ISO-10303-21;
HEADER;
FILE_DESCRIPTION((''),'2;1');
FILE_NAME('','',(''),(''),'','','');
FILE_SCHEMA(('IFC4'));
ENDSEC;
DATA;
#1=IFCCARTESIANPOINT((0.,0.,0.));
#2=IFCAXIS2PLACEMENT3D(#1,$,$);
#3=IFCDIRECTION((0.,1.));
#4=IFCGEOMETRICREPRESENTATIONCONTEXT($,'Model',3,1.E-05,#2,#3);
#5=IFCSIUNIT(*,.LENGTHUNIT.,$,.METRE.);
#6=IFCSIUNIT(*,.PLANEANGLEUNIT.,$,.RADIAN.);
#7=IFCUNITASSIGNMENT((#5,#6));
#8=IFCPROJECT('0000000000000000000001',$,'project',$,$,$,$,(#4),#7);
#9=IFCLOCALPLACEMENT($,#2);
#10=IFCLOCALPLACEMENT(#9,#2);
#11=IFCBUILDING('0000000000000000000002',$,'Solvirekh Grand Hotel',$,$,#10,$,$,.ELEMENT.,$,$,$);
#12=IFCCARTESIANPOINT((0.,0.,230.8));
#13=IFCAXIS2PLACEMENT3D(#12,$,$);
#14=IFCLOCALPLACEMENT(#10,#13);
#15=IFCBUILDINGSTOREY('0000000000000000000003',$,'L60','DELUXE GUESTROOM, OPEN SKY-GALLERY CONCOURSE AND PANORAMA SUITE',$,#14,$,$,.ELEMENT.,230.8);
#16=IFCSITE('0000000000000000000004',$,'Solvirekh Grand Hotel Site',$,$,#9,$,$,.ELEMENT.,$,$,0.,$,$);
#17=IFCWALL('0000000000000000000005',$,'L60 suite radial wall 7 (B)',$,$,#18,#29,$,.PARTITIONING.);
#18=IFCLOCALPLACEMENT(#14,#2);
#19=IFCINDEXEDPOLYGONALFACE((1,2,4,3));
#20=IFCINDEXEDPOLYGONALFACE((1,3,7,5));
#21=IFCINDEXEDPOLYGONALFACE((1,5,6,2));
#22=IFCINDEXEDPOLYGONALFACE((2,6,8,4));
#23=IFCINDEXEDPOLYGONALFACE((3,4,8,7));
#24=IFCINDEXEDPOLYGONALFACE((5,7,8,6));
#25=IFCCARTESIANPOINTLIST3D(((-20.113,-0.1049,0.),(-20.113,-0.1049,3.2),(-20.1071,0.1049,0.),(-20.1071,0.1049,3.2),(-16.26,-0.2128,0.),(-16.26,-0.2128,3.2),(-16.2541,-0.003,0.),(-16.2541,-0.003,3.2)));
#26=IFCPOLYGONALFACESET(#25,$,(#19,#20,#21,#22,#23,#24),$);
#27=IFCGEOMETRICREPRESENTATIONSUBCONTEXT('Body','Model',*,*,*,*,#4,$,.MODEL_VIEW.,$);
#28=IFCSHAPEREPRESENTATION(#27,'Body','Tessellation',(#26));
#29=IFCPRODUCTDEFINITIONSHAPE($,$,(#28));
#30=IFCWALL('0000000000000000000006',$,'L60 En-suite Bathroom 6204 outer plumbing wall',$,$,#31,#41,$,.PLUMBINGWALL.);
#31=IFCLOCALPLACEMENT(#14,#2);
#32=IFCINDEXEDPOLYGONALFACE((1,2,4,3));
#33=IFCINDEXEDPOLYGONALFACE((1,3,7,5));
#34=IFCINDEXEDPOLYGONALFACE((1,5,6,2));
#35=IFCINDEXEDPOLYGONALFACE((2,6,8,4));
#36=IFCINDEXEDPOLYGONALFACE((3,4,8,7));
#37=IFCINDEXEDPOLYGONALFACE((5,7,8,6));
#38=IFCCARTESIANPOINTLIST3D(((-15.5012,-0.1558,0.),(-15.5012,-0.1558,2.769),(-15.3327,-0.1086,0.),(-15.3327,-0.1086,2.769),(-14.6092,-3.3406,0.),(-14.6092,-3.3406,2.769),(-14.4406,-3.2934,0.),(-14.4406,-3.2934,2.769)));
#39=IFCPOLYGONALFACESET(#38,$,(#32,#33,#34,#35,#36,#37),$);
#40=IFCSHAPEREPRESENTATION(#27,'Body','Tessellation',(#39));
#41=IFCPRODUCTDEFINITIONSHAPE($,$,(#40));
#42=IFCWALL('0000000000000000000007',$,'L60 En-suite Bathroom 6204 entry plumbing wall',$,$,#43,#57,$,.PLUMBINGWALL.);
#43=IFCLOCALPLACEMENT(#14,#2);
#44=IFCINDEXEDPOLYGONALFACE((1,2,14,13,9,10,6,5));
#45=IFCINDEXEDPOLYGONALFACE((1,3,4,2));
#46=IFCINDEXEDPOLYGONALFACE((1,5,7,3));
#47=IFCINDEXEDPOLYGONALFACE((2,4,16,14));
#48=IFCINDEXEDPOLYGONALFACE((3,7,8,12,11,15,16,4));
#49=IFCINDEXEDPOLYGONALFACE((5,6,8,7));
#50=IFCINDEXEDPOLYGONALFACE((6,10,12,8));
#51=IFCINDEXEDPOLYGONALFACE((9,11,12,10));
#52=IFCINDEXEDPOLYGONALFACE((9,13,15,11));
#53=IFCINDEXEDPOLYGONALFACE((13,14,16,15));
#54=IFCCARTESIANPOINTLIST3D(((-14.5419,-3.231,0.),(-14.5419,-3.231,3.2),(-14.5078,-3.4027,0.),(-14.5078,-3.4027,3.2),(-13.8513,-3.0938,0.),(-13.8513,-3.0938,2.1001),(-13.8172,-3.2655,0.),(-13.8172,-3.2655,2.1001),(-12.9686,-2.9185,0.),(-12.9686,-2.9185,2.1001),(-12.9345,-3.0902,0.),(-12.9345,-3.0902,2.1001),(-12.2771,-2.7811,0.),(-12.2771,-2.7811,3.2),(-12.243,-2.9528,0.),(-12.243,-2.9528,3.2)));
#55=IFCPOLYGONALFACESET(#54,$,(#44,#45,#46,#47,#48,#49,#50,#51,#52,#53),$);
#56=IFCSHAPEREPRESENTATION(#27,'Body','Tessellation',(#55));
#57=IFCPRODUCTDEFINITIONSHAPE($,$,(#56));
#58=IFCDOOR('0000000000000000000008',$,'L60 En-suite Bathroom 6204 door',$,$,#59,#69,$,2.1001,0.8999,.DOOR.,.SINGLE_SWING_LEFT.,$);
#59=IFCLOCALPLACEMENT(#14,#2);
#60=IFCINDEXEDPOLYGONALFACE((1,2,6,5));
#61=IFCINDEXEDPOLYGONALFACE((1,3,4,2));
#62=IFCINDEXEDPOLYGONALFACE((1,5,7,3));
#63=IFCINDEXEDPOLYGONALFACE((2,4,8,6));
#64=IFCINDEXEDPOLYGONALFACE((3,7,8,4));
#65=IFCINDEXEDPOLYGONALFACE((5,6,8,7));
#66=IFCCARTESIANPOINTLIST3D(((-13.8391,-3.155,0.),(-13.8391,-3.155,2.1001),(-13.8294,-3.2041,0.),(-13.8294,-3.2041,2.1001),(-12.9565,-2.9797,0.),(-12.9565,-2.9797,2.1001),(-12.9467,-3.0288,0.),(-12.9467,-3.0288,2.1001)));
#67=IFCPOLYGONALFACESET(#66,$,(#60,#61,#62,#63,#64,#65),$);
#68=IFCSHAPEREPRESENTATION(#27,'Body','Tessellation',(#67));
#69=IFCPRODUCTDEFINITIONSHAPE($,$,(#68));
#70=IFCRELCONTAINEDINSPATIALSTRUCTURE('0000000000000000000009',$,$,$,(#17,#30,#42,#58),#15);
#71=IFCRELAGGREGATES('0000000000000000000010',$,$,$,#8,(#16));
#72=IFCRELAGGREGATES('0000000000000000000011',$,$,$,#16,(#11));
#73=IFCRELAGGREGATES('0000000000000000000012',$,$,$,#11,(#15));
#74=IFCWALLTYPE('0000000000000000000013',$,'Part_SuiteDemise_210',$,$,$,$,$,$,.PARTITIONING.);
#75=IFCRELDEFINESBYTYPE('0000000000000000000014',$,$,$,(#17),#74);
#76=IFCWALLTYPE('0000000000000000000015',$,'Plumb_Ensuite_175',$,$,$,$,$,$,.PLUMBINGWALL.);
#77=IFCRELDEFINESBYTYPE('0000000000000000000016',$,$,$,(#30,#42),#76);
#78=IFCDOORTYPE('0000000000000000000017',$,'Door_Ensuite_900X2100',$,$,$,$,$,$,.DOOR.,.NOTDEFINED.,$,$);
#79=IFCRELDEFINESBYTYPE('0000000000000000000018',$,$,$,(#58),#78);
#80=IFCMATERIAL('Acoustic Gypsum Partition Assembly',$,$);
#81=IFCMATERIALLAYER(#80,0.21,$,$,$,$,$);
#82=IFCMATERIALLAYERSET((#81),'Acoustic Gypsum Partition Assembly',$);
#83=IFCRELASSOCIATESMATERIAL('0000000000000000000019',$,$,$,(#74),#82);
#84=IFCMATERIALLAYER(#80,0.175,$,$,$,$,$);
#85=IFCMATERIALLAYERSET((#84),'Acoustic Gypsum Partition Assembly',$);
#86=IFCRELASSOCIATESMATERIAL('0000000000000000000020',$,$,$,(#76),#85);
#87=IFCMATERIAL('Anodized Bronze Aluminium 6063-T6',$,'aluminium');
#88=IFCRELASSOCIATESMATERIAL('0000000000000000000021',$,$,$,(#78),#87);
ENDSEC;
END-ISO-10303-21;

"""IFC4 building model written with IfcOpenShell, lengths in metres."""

from ifc_helpers import new_model, si_unit, direction, frame, frame_2d, origin, place, context, subcontext, project, spatial, rectangle, extrude, material, layer, layer_set, type_object, element, fill, save


model = new_model("IFC4")

# Units and contexts
model_context = context("Model", 3, precision=1e-05, world=origin(), true_north=direction((0.0, 1.0)))
body_context = subcontext(model_context, "Body", "Model", "MODEL_VIEW")
ifc_project = project(units=[si_unit("LENGTHUNIT", "METRE"), si_unit("PLANEANGLEUNIT", "RADIAN")], contexts=[model_context])

# Site, building, storey
site_placement = place(None, origin())
site = spatial("IfcSite", under=ifc_project, at=site_placement, Name="Solvirekh Grand Hotel Site", CompositionType="ELEMENT", RefElevation=0.0)
building_placement = place(site_placement, origin())
building = spatial("IfcBuilding", under=site, at=building_placement, Name="Solvirekh Grand Hotel", CompositionType="ELEMENT")
storey_placement = place(building_placement, frame((0.0, 0.0, 230.8)))
storey = spatial("IfcBuildingStorey", under=building, at=storey_placement, Name="L60", Description="DELUXE GUESTROOM, OPEN SKY-GALLERY CONCOURSE AND PANORAMA SUITE", CompositionType="ELEMENT", Elevation=230.8)

# Shared definitions
ifc_material_1 = material(Name="Anodized Bronze Aluminium 6063-T6", Category="aluminium")

# Shared definitions
ifc_material_2 = material(Name="Acoustic Gypsum Partition Assembly")

# Walls
ifc_layer_1 = layer(ifc_material_2, 0.21)
ifc_layer_set_1 = layer_set([ifc_layer_1], Name="Acoustic Gypsum Partition Assembly")
wall_type_1 = type_object("IfcWallType", Name="Part_SuiteDemise_210", PredefinedType="PARTITIONING", material=ifc_layer_set_1)
wall_1_placement = place(storey_placement, frame((-16.2571, -0.1079, 0.0), z_axis=(0.0, 0.0, 1.0), x_axis=(-0.999608, 0.027996, 0.0)))
element("IfcWall", 1, at=wall_1_placement, inside=storey, type_object=wall_type_1, Name="L60 suite radial wall 7 (B)", PredefinedType="PARTITIONING", context=body_context, shape_type="SweptSolid", body=[
    extrude(rectangle(XDim=3.8545, YDim=0.21, at=frame_2d((1.9272, 0.0))), origin(), (0.0, 0.0, 1.0), 3.2),
])
ifc_layer_2 = layer(ifc_material_2, 0.175)
ifc_layer_set_2 = layer_set([ifc_layer_2], Name="Acoustic Gypsum Partition Assembly")
wall_type_2 = type_object("IfcWallType", Name="Plumb_Ensuite_175", PredefinedType="PLUMBINGWALL", material=ifc_layer_set_2)
wall_2_placement = place(storey_placement, frame((-15.417, -0.1321, 0.0), z_axis=(0.0, 0.0, 1.0), x_axis=(0.269726, -0.962937, 0.0)))
element("IfcWall", 2, at=wall_2_placement, inside=storey, type_object=wall_type_2, Name="L60 En-suite Bathroom 6204 outer plumbing wall", PredefinedType="PLUMBINGWALL", context=body_context, shape_type="SweptSolid", body=[
    extrude(rectangle(XDim=3.3074, YDim=0.175, at=frame_2d((1.6538, 0.0))), origin(), (0.0, 0.0, 1.0), 2.769),
])

# Wall, opening, door
wall_3_placement = place(storey_placement, frame((-12.26, -2.8669, 0.0), z_axis=(0.0, 0.0, 1.0), x_axis=(-0.980832, -0.194855, 0.0)))
wall_3 = element("IfcWall", 3, at=wall_3_placement, inside=storey, type_object=wall_type_2, Name="L60 En-suite Bathroom 6204 entry plumbing wall", PredefinedType="PLUMBINGWALL", context=body_context, shape_type="SweptSolid", body=[
    extrude(rectangle(XDim=2.3091, YDim=0.175, at=frame_2d((1.1545, 0.0))), origin(), (0.0, 0.0, 1.0), 3.2),
])
opening_1_placement = place(wall_3_placement, frame((0.7051, 0.0, 0.0)))
opening_1 = element("IfcOpeningElement", 4, at=opening_1_placement, cuts=wall_3, PredefinedType="OPENING", context=body_context, shape_type="SweptSolid", body=[
    extrude(rectangle(XDim=0.8999, YDim=2.1001, at=frame_2d((0.45, 1.05))), frame((0.0, 0.0977, 0.0), z_axis=(0.0, -1.0, 0.0), x_axis=(1.0, 0.0, 0.0)), (0.0, 0.0, 1.0), 0.1951),
])
door_type_1 = type_object("IfcDoorType", Name="Door_Ensuite_900X2100", OperationType="NOTDEFINED", PredefinedType="DOOR", material=ifc_material_1)
door_1_placement = place(opening_1_placement, origin())
door_1 = element("IfcDoor", 5, at=door_1_placement, inside=storey, type_object=door_type_1, Name="L60 En-suite Bathroom 6204 door", OperationType="SINGLE_SWING_LEFT", OverallHeight=2.1001, OverallWidth=0.8999, PredefinedType="DOOR", context=body_context, shape_type="SweptSolid", body=[
    extrude(rectangle(XDim=0.8999, YDim=2.1001, at=frame_2d((0.45, 1.05))), frame((0.0, 0.0249, 0.0), z_axis=(0.0, -1.0, 0.0), x_axis=(1.0, 0.0, 0.0)), (0.0, 0.0, 1.0), 0.05),
])
fill(opening_1, door_1)

save(model, "model.ifc")
